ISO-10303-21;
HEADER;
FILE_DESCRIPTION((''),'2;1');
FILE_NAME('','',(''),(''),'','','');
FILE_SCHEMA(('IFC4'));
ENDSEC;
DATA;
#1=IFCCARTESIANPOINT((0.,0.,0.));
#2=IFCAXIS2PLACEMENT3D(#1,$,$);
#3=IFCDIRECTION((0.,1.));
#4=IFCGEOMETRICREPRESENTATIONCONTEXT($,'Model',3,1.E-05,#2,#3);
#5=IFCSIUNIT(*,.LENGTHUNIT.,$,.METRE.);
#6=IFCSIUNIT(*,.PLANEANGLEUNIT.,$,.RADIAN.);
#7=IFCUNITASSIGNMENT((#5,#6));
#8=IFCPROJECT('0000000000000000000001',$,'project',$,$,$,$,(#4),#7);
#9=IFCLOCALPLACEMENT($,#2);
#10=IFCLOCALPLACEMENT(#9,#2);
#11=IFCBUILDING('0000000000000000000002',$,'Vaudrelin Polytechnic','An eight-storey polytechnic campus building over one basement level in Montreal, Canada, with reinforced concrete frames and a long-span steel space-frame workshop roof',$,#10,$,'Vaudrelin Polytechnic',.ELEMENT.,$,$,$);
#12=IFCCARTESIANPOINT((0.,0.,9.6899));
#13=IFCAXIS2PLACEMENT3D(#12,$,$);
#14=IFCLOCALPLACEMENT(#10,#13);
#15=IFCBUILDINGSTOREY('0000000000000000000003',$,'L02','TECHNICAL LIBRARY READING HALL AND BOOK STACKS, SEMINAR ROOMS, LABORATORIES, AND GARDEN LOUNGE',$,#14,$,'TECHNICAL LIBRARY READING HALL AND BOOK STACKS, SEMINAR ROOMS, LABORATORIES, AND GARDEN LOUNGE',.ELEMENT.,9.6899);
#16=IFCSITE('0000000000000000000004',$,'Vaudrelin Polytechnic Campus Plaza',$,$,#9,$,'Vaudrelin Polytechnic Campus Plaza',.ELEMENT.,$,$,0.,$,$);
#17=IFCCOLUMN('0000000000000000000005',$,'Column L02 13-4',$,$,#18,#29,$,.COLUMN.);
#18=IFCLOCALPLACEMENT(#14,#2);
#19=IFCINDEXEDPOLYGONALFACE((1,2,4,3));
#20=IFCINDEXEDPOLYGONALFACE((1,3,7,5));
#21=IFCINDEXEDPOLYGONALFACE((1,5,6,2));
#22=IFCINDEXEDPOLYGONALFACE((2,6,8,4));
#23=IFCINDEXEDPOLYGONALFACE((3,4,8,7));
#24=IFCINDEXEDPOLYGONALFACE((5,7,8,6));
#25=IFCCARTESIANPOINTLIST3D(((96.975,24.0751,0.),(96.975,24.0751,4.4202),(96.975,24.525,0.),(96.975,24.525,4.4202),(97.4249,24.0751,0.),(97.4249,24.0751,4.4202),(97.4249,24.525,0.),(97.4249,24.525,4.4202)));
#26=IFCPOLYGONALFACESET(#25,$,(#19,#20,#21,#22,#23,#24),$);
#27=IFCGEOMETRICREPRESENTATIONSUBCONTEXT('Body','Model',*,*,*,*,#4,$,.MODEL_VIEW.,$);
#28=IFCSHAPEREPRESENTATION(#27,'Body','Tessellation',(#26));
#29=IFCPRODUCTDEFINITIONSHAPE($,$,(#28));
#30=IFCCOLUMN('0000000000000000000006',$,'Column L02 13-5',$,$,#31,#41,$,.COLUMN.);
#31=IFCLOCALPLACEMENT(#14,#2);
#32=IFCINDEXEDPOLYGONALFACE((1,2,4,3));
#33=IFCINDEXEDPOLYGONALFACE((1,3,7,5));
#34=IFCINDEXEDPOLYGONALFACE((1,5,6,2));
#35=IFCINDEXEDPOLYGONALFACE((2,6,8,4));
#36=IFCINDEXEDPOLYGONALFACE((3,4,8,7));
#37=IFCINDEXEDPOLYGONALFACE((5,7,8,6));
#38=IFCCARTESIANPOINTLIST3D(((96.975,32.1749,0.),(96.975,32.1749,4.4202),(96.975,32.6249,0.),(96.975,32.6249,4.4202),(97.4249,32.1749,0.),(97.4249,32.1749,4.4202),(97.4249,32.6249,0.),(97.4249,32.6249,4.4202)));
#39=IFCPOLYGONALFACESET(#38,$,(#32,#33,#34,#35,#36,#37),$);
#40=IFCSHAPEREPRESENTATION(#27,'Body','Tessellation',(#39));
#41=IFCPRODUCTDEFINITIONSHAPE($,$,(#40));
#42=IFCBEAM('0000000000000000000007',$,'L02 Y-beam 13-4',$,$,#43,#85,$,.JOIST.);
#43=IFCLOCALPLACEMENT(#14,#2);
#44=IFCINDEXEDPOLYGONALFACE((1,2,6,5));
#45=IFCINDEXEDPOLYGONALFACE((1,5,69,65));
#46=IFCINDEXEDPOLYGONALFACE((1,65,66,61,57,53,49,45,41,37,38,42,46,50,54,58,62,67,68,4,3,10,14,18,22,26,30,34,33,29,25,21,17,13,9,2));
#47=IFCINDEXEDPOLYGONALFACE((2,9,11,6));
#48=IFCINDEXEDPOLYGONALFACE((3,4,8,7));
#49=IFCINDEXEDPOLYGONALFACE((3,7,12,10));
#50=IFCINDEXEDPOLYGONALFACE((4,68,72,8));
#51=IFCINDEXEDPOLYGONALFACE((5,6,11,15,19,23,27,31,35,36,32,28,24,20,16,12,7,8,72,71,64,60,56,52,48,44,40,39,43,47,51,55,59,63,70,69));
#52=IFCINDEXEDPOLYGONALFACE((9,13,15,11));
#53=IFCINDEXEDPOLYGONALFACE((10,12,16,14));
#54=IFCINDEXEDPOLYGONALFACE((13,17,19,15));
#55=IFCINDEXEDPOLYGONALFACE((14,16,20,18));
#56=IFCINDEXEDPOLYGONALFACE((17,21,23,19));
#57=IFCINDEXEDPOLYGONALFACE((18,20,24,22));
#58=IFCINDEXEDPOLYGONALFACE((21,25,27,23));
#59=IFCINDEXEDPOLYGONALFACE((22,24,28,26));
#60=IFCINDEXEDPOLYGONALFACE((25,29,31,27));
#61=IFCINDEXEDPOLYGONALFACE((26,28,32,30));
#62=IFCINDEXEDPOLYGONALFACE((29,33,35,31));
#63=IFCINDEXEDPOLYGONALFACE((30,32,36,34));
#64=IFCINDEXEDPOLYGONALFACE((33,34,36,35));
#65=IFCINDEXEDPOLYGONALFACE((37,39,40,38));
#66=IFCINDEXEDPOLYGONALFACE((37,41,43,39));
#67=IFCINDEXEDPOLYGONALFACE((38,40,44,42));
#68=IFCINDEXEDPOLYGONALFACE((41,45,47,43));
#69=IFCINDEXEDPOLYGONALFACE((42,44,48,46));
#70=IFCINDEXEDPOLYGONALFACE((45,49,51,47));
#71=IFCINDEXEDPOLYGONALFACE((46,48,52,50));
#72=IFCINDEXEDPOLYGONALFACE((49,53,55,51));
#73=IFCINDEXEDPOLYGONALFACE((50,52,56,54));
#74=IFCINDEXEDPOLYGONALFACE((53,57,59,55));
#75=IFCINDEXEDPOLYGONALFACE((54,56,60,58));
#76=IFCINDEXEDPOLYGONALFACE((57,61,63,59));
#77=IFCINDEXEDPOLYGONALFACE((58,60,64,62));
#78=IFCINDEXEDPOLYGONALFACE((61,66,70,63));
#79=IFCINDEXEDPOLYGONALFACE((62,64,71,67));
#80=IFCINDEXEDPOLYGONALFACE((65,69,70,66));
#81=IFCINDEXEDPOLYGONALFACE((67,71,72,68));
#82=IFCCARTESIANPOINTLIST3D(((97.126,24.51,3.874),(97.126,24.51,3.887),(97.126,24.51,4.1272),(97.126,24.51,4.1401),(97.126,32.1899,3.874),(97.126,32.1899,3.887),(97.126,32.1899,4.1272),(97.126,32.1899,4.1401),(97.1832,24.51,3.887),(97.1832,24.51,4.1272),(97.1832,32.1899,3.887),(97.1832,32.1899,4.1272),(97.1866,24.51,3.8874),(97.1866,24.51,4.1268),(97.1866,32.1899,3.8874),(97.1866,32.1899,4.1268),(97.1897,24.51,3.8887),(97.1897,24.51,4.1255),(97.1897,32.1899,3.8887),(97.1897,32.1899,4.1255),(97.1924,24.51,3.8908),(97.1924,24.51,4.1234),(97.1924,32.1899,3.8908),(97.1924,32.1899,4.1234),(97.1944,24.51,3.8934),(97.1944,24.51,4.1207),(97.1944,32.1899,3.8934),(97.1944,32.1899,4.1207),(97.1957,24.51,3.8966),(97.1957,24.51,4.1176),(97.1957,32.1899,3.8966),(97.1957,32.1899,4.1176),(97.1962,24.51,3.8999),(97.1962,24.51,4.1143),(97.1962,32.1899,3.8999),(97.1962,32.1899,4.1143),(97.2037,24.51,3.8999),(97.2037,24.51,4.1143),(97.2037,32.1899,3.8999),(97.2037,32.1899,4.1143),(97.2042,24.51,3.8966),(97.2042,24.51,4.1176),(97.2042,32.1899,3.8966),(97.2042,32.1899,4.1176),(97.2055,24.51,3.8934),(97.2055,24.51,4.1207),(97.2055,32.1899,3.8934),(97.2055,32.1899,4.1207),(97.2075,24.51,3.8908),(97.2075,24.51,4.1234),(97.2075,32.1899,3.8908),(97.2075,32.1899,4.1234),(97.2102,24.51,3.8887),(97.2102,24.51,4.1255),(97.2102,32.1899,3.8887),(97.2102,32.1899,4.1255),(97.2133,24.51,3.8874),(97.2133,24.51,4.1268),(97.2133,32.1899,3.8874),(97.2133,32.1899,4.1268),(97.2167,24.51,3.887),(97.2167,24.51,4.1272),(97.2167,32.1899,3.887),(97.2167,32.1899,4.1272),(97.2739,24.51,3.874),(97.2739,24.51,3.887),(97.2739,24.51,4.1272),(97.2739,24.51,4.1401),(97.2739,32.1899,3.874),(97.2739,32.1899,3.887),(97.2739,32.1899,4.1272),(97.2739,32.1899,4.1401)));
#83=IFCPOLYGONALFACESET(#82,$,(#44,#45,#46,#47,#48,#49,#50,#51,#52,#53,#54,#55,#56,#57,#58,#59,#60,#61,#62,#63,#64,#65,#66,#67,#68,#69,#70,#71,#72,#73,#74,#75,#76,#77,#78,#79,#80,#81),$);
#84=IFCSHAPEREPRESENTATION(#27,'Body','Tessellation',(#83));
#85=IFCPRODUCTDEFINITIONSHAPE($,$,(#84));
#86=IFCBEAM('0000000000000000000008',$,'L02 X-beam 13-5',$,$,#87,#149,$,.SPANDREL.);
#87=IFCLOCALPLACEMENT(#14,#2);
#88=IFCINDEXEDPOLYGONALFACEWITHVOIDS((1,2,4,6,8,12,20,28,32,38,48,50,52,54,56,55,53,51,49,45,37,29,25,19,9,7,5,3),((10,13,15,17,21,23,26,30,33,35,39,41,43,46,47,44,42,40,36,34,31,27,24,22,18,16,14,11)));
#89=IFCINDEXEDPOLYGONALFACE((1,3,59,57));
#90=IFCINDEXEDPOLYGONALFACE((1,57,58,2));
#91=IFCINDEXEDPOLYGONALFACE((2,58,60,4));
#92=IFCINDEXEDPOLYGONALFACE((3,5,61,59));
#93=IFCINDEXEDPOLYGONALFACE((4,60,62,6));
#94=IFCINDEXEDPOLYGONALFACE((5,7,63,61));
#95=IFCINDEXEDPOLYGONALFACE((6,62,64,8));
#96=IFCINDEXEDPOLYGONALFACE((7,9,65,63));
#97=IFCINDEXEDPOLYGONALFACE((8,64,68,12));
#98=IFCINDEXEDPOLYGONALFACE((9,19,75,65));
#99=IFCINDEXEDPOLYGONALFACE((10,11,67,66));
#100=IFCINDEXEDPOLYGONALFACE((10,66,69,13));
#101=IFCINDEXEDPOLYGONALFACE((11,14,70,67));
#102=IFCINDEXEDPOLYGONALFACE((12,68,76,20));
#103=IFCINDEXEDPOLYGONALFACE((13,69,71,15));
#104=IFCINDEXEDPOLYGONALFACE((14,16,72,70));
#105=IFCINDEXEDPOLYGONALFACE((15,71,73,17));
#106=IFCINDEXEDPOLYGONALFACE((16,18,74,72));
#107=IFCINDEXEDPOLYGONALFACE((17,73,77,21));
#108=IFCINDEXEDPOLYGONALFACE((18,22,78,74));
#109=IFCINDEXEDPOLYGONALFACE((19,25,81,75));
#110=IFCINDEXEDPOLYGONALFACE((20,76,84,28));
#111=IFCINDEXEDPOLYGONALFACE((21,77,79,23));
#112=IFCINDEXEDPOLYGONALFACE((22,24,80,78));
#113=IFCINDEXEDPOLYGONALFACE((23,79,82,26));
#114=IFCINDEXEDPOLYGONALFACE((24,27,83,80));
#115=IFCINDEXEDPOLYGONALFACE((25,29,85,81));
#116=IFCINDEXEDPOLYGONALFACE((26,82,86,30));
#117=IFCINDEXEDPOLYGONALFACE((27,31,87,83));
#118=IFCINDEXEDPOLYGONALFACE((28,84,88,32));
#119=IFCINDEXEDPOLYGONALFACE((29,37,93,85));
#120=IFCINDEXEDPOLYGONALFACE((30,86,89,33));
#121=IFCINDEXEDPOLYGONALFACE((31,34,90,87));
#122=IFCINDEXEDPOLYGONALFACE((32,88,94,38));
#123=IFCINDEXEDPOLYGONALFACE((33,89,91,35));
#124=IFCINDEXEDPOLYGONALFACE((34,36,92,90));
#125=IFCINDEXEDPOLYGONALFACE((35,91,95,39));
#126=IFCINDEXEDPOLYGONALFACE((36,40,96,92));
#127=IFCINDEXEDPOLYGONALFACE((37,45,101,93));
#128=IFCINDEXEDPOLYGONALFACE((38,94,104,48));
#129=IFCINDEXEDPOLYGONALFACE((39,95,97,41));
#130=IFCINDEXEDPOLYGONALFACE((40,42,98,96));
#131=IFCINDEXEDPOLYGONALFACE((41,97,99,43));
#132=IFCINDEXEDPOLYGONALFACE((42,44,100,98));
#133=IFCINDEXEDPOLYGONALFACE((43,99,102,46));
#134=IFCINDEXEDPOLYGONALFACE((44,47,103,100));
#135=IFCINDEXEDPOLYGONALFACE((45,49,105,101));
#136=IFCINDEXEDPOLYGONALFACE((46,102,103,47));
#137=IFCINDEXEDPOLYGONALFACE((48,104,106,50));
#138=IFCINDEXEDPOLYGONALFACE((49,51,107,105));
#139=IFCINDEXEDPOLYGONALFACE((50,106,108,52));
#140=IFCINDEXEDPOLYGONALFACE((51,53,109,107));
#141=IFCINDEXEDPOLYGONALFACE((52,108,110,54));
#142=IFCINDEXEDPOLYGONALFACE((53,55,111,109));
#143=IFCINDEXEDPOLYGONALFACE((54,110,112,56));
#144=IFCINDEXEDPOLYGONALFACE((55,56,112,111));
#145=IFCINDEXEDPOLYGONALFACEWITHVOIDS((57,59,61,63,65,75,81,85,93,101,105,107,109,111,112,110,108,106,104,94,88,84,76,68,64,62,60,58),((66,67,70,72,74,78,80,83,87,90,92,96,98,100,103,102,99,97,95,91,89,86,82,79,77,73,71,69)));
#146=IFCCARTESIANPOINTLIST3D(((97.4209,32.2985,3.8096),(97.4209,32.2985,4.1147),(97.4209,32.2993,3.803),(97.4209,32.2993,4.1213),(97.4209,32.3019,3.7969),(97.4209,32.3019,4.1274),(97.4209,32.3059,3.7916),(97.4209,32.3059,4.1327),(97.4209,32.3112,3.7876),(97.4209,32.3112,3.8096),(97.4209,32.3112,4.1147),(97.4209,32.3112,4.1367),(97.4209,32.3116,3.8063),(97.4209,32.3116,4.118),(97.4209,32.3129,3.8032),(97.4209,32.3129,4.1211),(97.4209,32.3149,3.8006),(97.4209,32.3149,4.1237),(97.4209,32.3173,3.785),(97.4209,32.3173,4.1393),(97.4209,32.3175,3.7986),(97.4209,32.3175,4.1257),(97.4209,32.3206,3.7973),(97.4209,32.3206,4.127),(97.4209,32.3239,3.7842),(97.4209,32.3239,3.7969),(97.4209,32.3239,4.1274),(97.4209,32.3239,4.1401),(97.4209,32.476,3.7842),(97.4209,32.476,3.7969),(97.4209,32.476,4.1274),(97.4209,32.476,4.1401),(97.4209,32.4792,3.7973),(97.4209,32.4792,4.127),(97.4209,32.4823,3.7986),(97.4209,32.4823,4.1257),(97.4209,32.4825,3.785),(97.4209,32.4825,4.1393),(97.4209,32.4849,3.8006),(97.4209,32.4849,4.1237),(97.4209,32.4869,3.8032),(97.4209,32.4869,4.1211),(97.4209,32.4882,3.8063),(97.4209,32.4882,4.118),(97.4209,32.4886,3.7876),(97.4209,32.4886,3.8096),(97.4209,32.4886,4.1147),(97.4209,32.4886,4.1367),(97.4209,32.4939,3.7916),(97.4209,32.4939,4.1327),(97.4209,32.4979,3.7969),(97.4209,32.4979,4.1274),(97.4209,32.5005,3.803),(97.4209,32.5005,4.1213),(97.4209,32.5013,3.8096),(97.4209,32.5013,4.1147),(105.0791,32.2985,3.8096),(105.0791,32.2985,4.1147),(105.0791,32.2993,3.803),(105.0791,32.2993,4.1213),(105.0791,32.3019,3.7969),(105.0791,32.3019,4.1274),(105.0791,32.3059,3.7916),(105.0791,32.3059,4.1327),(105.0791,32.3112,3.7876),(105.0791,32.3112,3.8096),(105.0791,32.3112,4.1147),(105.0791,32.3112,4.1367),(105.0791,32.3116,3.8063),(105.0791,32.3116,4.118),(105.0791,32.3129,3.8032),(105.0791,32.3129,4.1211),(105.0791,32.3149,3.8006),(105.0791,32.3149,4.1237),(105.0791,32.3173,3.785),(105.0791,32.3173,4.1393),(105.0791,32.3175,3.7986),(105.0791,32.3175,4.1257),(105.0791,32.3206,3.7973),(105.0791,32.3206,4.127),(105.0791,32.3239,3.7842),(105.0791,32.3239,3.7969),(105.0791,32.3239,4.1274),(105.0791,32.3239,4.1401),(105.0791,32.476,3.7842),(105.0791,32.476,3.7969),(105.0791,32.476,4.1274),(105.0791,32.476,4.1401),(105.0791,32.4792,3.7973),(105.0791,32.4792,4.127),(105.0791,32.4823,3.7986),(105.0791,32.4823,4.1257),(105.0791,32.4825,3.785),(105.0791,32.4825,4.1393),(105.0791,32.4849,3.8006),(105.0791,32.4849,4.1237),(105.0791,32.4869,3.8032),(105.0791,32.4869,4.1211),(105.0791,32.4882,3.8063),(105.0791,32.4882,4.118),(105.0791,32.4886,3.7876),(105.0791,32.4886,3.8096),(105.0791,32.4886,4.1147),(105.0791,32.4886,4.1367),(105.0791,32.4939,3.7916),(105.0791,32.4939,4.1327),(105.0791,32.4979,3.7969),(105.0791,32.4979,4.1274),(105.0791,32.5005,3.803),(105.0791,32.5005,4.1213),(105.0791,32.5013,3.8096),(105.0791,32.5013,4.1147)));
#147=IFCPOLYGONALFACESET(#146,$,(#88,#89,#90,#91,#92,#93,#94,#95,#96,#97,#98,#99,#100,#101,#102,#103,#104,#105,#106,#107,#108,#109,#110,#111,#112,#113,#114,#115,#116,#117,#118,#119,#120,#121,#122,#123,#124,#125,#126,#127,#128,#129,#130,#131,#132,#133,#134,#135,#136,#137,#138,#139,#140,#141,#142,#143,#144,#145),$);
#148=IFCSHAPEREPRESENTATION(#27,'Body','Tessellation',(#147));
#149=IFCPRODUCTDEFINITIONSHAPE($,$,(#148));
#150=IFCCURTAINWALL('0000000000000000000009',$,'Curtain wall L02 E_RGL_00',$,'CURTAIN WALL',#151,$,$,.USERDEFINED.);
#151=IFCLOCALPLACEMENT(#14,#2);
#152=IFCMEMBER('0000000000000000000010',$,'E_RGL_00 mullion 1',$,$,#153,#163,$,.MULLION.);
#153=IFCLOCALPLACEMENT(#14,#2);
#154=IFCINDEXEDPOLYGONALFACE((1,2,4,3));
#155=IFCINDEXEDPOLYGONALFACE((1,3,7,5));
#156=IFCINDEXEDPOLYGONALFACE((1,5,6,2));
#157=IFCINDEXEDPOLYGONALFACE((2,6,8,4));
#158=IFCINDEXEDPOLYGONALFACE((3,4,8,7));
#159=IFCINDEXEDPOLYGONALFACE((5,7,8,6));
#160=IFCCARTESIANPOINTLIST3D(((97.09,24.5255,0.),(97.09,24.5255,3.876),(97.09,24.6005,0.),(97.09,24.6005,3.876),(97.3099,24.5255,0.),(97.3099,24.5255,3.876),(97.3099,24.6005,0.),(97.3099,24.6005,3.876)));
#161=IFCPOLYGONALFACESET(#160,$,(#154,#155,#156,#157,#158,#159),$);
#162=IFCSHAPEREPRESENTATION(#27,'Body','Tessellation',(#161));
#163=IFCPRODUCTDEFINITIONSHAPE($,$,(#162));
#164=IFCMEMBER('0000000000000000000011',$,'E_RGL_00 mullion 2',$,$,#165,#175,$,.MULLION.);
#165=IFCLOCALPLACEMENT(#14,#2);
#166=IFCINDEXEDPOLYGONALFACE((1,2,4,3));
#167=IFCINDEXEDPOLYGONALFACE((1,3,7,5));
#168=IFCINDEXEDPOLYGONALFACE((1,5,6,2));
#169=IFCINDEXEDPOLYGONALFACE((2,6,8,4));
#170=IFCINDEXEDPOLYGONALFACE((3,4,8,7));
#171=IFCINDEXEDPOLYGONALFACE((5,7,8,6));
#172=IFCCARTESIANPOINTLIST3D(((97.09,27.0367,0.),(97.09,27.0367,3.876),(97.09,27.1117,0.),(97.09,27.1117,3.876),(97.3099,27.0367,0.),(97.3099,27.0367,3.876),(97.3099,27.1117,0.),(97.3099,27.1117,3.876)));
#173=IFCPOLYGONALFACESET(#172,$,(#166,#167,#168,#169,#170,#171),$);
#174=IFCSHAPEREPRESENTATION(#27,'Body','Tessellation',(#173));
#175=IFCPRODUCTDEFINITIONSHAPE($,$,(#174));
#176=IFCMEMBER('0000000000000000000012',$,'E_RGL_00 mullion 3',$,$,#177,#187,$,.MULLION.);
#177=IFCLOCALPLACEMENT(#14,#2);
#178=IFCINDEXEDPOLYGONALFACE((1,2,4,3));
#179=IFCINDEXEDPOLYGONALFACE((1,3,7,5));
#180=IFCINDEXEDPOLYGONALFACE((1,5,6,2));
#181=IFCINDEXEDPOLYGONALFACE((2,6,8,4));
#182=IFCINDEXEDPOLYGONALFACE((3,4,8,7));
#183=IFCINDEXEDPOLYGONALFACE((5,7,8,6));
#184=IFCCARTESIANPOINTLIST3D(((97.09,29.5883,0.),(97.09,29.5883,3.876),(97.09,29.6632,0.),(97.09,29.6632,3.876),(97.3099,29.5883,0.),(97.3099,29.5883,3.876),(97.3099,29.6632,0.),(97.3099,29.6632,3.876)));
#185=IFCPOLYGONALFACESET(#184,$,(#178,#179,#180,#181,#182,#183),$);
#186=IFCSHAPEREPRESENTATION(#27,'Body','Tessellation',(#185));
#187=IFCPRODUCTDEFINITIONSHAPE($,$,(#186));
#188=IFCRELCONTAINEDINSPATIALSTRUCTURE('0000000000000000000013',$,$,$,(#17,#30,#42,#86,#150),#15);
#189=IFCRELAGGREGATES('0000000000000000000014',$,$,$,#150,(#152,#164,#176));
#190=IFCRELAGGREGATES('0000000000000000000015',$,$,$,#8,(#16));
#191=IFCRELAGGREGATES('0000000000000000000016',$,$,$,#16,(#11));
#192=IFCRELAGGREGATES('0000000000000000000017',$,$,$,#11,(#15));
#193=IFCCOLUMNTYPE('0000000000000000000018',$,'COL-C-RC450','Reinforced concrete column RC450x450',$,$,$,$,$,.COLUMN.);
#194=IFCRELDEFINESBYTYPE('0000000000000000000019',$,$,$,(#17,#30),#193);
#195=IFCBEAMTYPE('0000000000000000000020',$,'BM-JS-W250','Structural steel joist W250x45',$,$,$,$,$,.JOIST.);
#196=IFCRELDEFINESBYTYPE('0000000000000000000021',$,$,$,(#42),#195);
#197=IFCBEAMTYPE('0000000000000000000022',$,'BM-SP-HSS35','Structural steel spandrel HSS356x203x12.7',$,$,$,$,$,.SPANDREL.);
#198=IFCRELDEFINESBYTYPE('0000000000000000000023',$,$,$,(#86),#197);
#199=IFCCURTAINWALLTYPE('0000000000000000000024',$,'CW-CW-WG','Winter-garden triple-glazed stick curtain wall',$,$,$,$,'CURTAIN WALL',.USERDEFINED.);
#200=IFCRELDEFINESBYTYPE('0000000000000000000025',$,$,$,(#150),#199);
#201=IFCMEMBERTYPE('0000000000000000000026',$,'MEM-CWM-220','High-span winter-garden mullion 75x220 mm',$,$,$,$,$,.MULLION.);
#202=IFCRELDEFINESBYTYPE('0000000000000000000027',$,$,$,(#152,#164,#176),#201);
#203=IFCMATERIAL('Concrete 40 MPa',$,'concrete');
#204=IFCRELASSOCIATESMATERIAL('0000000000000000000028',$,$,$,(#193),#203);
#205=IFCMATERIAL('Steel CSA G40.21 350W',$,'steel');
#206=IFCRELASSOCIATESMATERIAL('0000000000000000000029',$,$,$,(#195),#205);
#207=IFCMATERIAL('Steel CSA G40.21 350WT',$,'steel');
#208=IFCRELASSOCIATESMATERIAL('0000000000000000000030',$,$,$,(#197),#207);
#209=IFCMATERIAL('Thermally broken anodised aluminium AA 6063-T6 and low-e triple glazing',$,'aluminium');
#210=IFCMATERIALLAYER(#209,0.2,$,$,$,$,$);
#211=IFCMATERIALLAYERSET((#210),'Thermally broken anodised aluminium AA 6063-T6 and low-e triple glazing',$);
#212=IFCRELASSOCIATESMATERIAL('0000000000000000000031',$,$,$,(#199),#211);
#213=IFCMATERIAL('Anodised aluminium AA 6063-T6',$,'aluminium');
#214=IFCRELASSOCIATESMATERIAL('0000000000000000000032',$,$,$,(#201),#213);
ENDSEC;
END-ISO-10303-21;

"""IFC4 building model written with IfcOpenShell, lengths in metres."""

from ifc_helpers import new_model, si_unit, direction, frame, origin, origin_2d, place, context, subcontext, project, spatial, rectangle, hollow_rectangle, i_section, extrude, material, layer, layer_set, material_profile, profile_set, type_object, element, aggregate, save


model = new_model("IFC4")

# Units and contexts
model_context = context("Model", 3, precision=1e-05, world=origin(), true_north=direction((0.0, 1.0)))
body_context = subcontext(model_context, "Body", "Model", "MODEL_VIEW")
ifc_project = project(units=[si_unit("LENGTHUNIT", "METRE"), si_unit("PLANEANGLEUNIT", "RADIAN")], contexts=[model_context])

# Site, building, storey
site_placement = place(None, origin())
site = spatial("IfcSite", under=ifc_project, at=site_placement, Name="Vaudrelin Polytechnic Campus Plaza", LongName="Vaudrelin Polytechnic Campus Plaza", CompositionType="ELEMENT", RefElevation=0.0)
building_placement = place(site_placement, origin())
building = spatial("IfcBuilding", under=site, at=building_placement, Name="Vaudrelin Polytechnic", Description="An eight-storey polytechnic campus building over one basement level in Montreal, Canada, with reinforced concrete frames and a long-span steel space-frame workshop roof", LongName="Vaudrelin Polytechnic", CompositionType="ELEMENT")
storey_placement = place(building_placement, frame((0.0, 0.0, 9.6899)))
storey = spatial("IfcBuildingStorey", under=building, at=storey_placement, Name="L02", Description="TECHNICAL LIBRARY READING HALL AND BOOK STACKS, SEMINAR ROOMS, LABORATORIES, AND GARDEN LOUNGE", LongName="TECHNICAL LIBRARY READING HALL AND BOOK STACKS, SEMINAR ROOMS, LABORATORIES, AND GARDEN LOUNGE", CompositionType="ELEMENT", Elevation=9.6899)

# Columns
ifc_material_1 = material(Name="Concrete 40 MPa", Category="concrete")
ifc_material_profile_1 = material_profile(ifc_material_1, rectangle(XDim=0.45, YDim=0.45, at=origin_2d()), Name="RC450x450")
ifc_profile_set_1 = profile_set([ifc_material_profile_1], Name="Concrete 40 MPa")
column_type = type_object("IfcColumnType", Name="COL-C-RC450", Description="Reinforced concrete column RC450x450", PredefinedType="COLUMN", material=ifc_profile_set_1)
for number, where, z_axis, x_axis, name in (
    (1, (97.2, 24.3, 0.0), (0.0, 0.0, 1.0), (1.0, 0.0, 0.0), "Column L02 13-4"),
    (2, (97.2, 32.3999, 0.0), (0.0, 0.0, 1.0), (1.0, 0.0, 0.0), "Column L02 13-5"),
):
    element("IfcColumn", number, at=place(storey_placement, frame(where, z_axis=z_axis, x_axis=x_axis)), inside=storey, type_object=column_type, Name=name, PredefinedType="COLUMN", context=body_context, shape_type="SweptSolid", body=[
        extrude(rectangle(XDim=0.45, YDim=0.45, at=origin_2d()), origin(), (0.0, 0.0, 1.0), 4.4202),
    ])

# Beams
ifc_material_2 = material(Name="Steel CSA G40.21 350W", Category="steel")
ifc_material_profile_2 = material_profile(ifc_material_2, i_section(OverallWidth=0.1479, OverallDepth=0.2661, WebThickness=0.0076, FlangeThickness=0.0129, FilletRadius=0.0129, at=origin_2d()), Name="W250x45")
ifc_profile_set_2 = profile_set([ifc_material_profile_2], Name="Steel CSA G40.21 350W")
beam_type_1 = type_object("IfcBeamType", Name="BM-JS-W250", Description="Structural steel joist W250x45", PredefinedType="JOIST", material=ifc_profile_set_2)
beam_1_placement = place(storey_placement, frame((97.2, 24.51, 4.0071), z_axis=(0.0, 1.0, 0.0), x_axis=(-1.0, 0.0, 0.0)))
element("IfcBeam", 3, at=beam_1_placement, inside=storey, type_object=beam_type_1, Name="L02 Y-beam 13-4", PredefinedType="JOIST", context=body_context, shape_type="SweptSolid", body=[
    extrude(i_section(OverallWidth=0.1479, OverallDepth=0.2661, WebThickness=0.0076, FlangeThickness=0.0129, FilletRadius=0.0129, at=origin_2d()), origin(), (0.0, 0.0, 1.0), 7.6799),
])
ifc_material_3 = material(Name="Steel CSA G40.21 350WT", Category="steel")
ifc_material_profile_3 = material_profile(ifc_material_3, hollow_rectangle(XDim=0.2029, YDim=0.356, WallThickness=0.0127, InnerFilletRadius=0.0127, OuterFilletRadius=0.0254, at=origin_2d()), Name="HSS356x203x12.7")
ifc_profile_set_3 = profile_set([ifc_material_profile_3], Name="Steel CSA G40.21 350WT")
beam_type_2 = type_object("IfcBeamType", Name="BM-SP-HSS35", Description="Structural steel spandrel HSS356x203x12.7", PredefinedType="SPANDREL", material=ifc_profile_set_3)
beam_2_placement = place(storey_placement, frame((97.4209, 32.3999, 3.9622), z_axis=(1.0, 0.0, 0.0), x_axis=(0.0, 1.0, 0.0)))
element("IfcBeam", 4, at=beam_2_placement, inside=storey, type_object=beam_type_2, Name="L02 X-beam 13-5", PredefinedType="SPANDREL", context=body_context, shape_type="SweptSolid", body=[
    extrude(hollow_rectangle(XDim=0.2029, YDim=0.356, WallThickness=0.0127, InnerFilletRadius=0.0127, OuterFilletRadius=0.0254, at=origin_2d()), origin(), (0.0, 0.0, 1.0), 7.6582),
])

# Curtain wall, members
ifc_material_4 = material(Name="Thermally broken anodised aluminium AA 6063-T6 and low-e triple glazing", Category="aluminium")
ifc_layer_1 = layer(ifc_material_4, 0.2)
ifc_layer_set_1 = layer_set([ifc_layer_1], Name="Thermally broken anodised aluminium AA 6063-T6 and low-e triple glazing")
curtain_wall_type = type_object("IfcCurtainWallType", Name="CW-CW-WG", Description="Winter-garden triple-glazed stick curtain wall", ElementType="CURTAIN WALL", PredefinedType="USERDEFINED", material=ifc_layer_set_1)
curtain_wall_1_placement = place(storey_placement, origin())
curtain_wall_1 = element("IfcCurtainWall", 5, at=curtain_wall_1_placement, inside=storey, type_object=curtain_wall_type, Name="Curtain wall L02 E_RGL_00", ObjectType="CURTAIN WALL", PredefinedType="USERDEFINED")
ifc_material_5 = material(Name="Anodised aluminium AA 6063-T6", Category="aluminium")
ifc_material_profile_4 = material_profile(ifc_material_5, rectangle(XDim=0.075, YDim=0.22, at=origin_2d()), Name="CWM-75x220")
ifc_profile_set_4 = profile_set([ifc_material_profile_4], Name="Anodised aluminium AA 6063-T6")
member_type_1 = type_object("IfcMemberType", Name="MEM-CWM-220", Description="High-span winter-garden mullion 75x220 mm", PredefinedType="MULLION", material=ifc_profile_set_4)
member_1_placement = place(storey_placement, frame((97.2, 24.563, 0.0), z_axis=(0.0, 0.0, 1.0), x_axis=(0.0, 1.0, 0.0)))
member_1 = element("IfcMember", 6, at=member_1_placement, type_object=member_type_1, Name="E_RGL_00 mullion 1", PredefinedType="MULLION", context=body_context, shape_type="SweptSolid", body=[
    extrude(rectangle(XDim=0.075, YDim=0.22, at=origin_2d()), origin(), (0.0, 0.0, 1.0), 3.876),
])
member_2_placement = place(storey_placement, frame((97.2, 27.0742, 0.0), z_axis=(0.0, 0.0, 1.0), x_axis=(0.0, 1.0, 0.0)))
member_2 = element("IfcMember", 7, at=member_2_placement, type_object=member_type_1, Name="E_RGL_00 mullion 2", PredefinedType="MULLION", context=body_context, shape_type="SweptSolid", body=[
    extrude(rectangle(XDim=0.075, YDim=0.22, at=origin_2d()), origin(), (0.0, 0.0, 1.0), 3.876),
])
member_3_placement = place(storey_placement, frame((97.2, 29.6257, 0.0), z_axis=(0.0, 0.0, 1.0), x_axis=(0.0, 1.0, 0.0)))
member_3 = element("IfcMember", 8, at=member_3_placement, type_object=member_type_1, Name="E_RGL_00 mullion 3", PredefinedType="MULLION", context=body_context, shape_type="SweptSolid", body=[
    extrude(rectangle(XDim=0.075, YDim=0.22, at=origin_2d()), origin(), (0.0, 0.0, 1.0), 3.876),
])

aggregate(curtain_wall_1, [member_1, member_2, member_3])

save(model, "model.ifc")
